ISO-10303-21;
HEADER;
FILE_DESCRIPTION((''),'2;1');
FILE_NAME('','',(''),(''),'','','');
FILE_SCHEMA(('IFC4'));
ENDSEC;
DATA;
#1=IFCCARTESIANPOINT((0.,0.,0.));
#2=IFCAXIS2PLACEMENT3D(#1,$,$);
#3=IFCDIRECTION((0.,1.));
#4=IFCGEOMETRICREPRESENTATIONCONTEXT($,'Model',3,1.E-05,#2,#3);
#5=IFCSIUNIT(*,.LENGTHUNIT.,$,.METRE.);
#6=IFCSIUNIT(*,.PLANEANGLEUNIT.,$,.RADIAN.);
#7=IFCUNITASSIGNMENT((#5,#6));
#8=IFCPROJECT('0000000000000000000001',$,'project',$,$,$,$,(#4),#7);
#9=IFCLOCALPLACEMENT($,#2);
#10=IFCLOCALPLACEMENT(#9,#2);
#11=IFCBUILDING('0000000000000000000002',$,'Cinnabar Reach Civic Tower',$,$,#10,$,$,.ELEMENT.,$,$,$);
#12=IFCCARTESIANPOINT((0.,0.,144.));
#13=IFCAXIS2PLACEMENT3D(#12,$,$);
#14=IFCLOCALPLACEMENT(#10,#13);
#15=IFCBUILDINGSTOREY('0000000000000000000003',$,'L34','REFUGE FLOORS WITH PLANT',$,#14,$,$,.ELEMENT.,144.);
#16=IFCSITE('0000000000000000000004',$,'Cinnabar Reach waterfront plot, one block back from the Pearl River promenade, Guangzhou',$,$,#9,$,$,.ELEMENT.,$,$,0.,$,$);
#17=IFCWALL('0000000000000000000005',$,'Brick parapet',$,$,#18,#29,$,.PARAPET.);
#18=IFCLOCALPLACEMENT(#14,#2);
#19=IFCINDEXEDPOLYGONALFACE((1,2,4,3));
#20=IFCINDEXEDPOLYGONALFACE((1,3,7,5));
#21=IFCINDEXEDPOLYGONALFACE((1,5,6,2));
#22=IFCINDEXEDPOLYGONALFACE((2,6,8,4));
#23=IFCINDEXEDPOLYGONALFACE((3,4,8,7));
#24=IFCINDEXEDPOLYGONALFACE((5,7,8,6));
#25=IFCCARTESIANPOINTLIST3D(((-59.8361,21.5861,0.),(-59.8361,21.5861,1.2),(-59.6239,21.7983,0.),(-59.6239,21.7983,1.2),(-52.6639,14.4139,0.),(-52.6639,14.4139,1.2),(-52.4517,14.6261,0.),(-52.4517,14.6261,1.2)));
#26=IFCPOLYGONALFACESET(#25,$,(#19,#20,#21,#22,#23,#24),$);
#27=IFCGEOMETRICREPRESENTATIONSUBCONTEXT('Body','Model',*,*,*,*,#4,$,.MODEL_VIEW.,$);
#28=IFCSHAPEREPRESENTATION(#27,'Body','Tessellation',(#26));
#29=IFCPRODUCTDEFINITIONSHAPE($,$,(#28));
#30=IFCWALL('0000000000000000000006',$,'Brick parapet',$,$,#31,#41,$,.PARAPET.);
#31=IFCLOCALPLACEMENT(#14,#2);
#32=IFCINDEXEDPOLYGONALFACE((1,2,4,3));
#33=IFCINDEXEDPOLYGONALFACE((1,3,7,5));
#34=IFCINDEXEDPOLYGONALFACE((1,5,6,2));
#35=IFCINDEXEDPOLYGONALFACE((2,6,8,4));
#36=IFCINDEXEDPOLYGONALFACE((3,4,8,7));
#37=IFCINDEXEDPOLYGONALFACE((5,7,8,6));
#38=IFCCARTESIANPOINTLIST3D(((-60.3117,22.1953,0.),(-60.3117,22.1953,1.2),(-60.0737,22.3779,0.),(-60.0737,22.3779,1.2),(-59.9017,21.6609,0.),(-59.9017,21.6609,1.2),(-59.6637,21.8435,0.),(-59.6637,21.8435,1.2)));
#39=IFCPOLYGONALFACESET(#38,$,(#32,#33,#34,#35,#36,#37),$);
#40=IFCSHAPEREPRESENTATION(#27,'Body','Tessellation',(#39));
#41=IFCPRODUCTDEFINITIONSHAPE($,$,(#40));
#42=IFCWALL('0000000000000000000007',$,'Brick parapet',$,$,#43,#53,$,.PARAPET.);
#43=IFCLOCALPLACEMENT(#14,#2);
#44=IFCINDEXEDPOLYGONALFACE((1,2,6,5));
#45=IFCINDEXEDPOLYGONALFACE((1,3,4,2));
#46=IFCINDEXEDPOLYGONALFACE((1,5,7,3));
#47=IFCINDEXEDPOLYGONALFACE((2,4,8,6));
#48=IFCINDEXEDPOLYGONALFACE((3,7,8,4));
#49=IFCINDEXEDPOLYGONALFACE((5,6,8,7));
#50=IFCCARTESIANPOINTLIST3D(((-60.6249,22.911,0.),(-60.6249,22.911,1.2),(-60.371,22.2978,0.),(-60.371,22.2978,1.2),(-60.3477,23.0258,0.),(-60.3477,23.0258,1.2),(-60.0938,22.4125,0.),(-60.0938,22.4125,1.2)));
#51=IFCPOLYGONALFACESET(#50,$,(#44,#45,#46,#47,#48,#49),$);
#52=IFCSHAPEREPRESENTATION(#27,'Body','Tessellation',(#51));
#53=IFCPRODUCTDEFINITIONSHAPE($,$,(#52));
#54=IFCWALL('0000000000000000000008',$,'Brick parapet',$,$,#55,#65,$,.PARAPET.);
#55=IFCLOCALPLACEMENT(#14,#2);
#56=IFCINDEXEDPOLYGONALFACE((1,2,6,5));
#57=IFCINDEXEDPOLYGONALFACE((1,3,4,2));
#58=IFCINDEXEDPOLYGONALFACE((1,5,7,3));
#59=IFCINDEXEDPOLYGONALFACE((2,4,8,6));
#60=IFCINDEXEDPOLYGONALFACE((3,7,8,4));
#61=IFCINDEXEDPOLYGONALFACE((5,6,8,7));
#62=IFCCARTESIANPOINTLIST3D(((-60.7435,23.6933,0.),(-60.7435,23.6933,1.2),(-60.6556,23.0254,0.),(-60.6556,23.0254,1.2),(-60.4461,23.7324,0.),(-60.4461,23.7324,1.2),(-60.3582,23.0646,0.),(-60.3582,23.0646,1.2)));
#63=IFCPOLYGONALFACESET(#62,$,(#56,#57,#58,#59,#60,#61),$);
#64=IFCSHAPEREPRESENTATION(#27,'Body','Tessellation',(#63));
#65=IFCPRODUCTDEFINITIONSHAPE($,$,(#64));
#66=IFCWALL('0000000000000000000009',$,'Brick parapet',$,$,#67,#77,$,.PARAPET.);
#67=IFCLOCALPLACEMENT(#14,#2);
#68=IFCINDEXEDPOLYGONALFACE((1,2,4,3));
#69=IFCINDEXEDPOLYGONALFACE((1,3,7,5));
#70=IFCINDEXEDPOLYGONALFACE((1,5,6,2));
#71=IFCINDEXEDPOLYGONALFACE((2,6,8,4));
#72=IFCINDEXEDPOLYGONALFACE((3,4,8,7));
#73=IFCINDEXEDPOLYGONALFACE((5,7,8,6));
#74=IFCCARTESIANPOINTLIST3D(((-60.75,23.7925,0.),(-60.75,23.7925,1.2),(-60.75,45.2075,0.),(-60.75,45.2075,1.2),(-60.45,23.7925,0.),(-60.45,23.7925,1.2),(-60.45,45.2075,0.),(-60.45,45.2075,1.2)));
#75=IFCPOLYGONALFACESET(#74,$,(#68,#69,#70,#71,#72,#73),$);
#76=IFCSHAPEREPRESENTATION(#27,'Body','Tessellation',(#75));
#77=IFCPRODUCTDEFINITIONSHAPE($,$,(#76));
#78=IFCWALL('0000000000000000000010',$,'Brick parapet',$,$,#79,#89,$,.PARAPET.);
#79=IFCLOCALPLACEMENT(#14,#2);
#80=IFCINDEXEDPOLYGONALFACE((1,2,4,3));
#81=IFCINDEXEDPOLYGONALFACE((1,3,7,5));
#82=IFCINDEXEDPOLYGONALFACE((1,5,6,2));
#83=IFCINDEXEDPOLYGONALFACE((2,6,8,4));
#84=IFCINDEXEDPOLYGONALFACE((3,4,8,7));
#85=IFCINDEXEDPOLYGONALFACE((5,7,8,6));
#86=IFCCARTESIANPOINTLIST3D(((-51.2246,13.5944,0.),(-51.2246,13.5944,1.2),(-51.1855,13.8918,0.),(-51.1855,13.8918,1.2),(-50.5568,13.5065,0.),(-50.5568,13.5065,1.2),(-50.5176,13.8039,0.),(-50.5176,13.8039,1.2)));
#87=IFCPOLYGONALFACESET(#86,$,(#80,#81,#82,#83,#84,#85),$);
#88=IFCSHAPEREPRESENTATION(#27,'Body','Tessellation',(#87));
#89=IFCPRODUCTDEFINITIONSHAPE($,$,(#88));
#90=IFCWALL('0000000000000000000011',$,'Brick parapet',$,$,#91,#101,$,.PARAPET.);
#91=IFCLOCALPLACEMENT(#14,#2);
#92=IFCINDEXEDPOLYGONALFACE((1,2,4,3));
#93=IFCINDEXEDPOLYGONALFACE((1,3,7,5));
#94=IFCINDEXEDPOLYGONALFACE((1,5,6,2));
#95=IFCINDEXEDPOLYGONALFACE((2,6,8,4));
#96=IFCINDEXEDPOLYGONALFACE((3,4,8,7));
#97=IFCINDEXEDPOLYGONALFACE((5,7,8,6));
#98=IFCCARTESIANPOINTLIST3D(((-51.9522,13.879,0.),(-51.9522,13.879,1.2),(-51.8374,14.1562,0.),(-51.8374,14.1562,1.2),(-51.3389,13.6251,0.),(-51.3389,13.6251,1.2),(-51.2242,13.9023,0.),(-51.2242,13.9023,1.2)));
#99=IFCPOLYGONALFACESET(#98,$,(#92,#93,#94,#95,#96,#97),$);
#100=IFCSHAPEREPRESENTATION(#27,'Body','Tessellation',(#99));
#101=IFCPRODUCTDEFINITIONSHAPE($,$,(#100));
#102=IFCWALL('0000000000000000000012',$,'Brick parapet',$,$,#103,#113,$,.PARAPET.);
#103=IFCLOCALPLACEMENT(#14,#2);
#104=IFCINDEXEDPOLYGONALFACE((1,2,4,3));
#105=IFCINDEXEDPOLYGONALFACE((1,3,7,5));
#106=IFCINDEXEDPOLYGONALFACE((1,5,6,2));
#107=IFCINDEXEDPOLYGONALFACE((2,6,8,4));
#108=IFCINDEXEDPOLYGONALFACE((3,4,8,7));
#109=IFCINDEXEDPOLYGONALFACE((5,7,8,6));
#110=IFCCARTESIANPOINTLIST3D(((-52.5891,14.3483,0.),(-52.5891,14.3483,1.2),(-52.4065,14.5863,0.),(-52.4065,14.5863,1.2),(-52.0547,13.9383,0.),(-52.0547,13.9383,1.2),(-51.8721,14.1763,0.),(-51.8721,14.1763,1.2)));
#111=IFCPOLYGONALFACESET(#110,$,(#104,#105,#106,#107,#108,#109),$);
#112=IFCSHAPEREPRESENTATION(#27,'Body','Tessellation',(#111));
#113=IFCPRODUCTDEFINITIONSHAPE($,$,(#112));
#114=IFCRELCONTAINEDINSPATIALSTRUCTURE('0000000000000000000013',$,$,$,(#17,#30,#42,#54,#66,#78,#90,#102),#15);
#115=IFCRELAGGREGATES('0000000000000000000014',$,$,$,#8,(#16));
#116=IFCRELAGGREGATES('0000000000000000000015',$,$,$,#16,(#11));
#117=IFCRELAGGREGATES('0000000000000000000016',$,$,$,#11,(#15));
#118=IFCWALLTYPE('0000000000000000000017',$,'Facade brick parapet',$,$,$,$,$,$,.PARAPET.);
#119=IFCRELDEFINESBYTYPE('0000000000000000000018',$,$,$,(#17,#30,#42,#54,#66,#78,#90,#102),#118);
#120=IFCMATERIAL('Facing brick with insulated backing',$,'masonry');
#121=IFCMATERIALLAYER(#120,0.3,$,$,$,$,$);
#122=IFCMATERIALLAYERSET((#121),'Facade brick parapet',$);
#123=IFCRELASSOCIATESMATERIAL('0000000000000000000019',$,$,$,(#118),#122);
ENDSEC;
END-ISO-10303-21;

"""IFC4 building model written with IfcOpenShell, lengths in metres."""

from ifc_helpers import new_model, si_unit, direction, frame, frame_2d, origin, place, context, subcontext, project, spatial, rectangle, extrude, material, layer, layer_set, type_object, element, save


model = new_model("IFC4")

# Units and contexts
model_context = context("Model", 3, precision=1e-05, world=origin(), true_north=direction((0.0, 1.0)))
body_context = subcontext(model_context, "Body", "Model", "MODEL_VIEW")
ifc_project = project(units=[si_unit("LENGTHUNIT", "METRE"), si_unit("PLANEANGLEUNIT", "RADIAN")], contexts=[model_context])

# Site, building, storey
site_placement = place(None, origin())
site = spatial("IfcSite", under=ifc_project, at=site_placement, Name="Cinnabar Reach waterfront plot, one block back from the Pearl River promenade, Guangzhou", CompositionType="ELEMENT", RefElevation=0.0)
building_placement = place(site_placement, origin())
building = spatial("IfcBuilding", under=site, at=building_placement, Name="Cinnabar Reach Civic Tower", CompositionType="ELEMENT")
storey_placement = place(building_placement, frame((0.0, 0.0, 144.0)))
storey = spatial("IfcBuildingStorey", under=building, at=storey_placement, Name="L34", Description="REFUGE FLOORS WITH PLANT", CompositionType="ELEMENT", Elevation=144.0)

# Walls
ifc_material_1 = material(Name="Facing brick with insulated backing", Category="masonry")
ifc_layer = layer(ifc_material_1, 0.3)
ifc_layer_set = layer_set([ifc_layer], Name="Facade brick parapet")
wall_type = type_object("IfcWallType", Name="Facade brick parapet", PredefinedType="PARAPET", material=ifc_layer_set)
wall_1_placement = place(storey_placement, frame((-52.5578, 14.52, 0.0), z_axis=(0.0, 0.0, 1.0), x_axis=(-0.707107, 0.707107, 0.0)))
element("IfcWall", 1, at=wall_1_placement, inside=storey, type_object=wall_type, Name="Brick parapet", PredefinedType="PARAPET", context=body_context, shape_type="SweptSolid", body=[
    extrude(rectangle(XDim=10.143, YDim=0.3, at=frame_2d((5.0715, 0.0))), origin(), (0.0, 0.0, 1.0), 1.2),
])
wall_2_placement = place(storey_placement, frame((-59.7827, 21.7522, 0.0), z_axis=(0.0, 0.0, 1.0), x_axis=(-0.608706, 0.793396, 0.0)))
element("IfcWall", 2, at=wall_2_placement, inside=storey, type_object=wall_type, Name="Brick parapet", PredefinedType="PARAPET", context=body_context, shape_type="SweptSolid", body=[
    extrude(rectangle(XDim=0.6736, YDim=0.3, at=frame_2d((0.3368, 0.0))), origin(), (0.0, 0.0, 1.0), 1.2),
])
wall_3_placement = place(storey_placement, frame((-60.2324, 22.3552, 0.0), z_axis=(0.0, 0.0, 1.0), x_axis=(-0.38256, 0.923931, 0.0)))
element("IfcWall", 3, at=wall_3_placement, inside=storey, type_object=wall_type, Name="Brick parapet", PredefinedType="PARAPET", context=body_context, shape_type="SweptSolid", body=[
    extrude(rectangle(XDim=0.6637, YDim=0.3, at=frame_2d((0.3318, 0.0))), origin(), (0.0, 0.0, 1.0), 1.2),
])
wall_4_placement = place(storey_placement, frame((-60.5069, 23.045, 0.0), z_axis=(0.0, 0.0, 1.0), x_axis=(-0.130501, 0.991448, 0.0)))
element("IfcWall", 4, at=wall_4_placement, inside=storey, type_object=wall_type, Name="Brick parapet", PredefinedType="PARAPET", context=body_context, shape_type="SweptSolid", body=[
    extrude(rectangle(XDim=0.6736, YDim=0.3, at=frame_2d((0.3368, 0.0))), origin(), (0.0, 0.0, 1.0), 1.2),
])
wall_5_placement = place(storey_placement, frame((-60.6, 23.7925, 0.0), z_axis=(0.0, 0.0, 1.0), x_axis=(0.0, 1.0, 0.0)))
element("IfcWall", 5, at=wall_5_placement, inside=storey, type_object=wall_type, Name="Brick parapet", PredefinedType="PARAPET", context=body_context, shape_type="SweptSolid", body=[
    extrude(rectangle(XDim=21.415, YDim=0.3, at=frame_2d((10.7075, 0.0))), origin(), (0.0, 0.0, 1.0), 1.2),
])
wall_6_placement = place(storey_placement, frame((-50.5372, 13.6552, 0.0), z_axis=(0.0, 0.0, 1.0), x_axis=(-0.991448, 0.130501, 0.0)))
element("IfcWall", 6, at=wall_6_placement, inside=storey, type_object=wall_type, Name="Brick parapet", PredefinedType="PARAPET", context=body_context, shape_type="SweptSolid", body=[
    extrude(rectangle(XDim=0.6736, YDim=0.3, at=frame_2d((0.3368, 0.0))), origin(), (0.0, 0.0, 1.0), 1.2),
])
wall_7_placement = place(storey_placement, frame((-51.2816, 13.7637, 0.0), z_axis=(0.0, 0.0, 1.0), x_axis=(-0.923931, 0.38256, 0.0)))
element("IfcWall", 7, at=wall_7_placement, inside=storey, type_object=wall_type, Name="Brick parapet", PredefinedType="PARAPET", context=body_context, shape_type="SweptSolid", body=[
    extrude(rectangle(XDim=0.6637, YDim=0.3, at=frame_2d((0.3318, 0.0))), origin(), (0.0, 0.0, 1.0), 1.2),
])
wall_8_placement = place(storey_placement, frame((-51.9634, 14.0573, 0.0), z_axis=(0.0, 0.0, 1.0), x_axis=(-0.793396, 0.608706, 0.0)))
element("IfcWall", 8, at=wall_8_placement, inside=storey, type_object=wall_type, Name="Brick parapet", PredefinedType="PARAPET", context=body_context, shape_type="SweptSolid", body=[
    extrude(rectangle(XDim=0.6736, YDim=0.3, at=frame_2d((0.3368, 0.0))), origin(), (0.0, 0.0, 1.0), 1.2),
])

save(model, "model.ifc")
